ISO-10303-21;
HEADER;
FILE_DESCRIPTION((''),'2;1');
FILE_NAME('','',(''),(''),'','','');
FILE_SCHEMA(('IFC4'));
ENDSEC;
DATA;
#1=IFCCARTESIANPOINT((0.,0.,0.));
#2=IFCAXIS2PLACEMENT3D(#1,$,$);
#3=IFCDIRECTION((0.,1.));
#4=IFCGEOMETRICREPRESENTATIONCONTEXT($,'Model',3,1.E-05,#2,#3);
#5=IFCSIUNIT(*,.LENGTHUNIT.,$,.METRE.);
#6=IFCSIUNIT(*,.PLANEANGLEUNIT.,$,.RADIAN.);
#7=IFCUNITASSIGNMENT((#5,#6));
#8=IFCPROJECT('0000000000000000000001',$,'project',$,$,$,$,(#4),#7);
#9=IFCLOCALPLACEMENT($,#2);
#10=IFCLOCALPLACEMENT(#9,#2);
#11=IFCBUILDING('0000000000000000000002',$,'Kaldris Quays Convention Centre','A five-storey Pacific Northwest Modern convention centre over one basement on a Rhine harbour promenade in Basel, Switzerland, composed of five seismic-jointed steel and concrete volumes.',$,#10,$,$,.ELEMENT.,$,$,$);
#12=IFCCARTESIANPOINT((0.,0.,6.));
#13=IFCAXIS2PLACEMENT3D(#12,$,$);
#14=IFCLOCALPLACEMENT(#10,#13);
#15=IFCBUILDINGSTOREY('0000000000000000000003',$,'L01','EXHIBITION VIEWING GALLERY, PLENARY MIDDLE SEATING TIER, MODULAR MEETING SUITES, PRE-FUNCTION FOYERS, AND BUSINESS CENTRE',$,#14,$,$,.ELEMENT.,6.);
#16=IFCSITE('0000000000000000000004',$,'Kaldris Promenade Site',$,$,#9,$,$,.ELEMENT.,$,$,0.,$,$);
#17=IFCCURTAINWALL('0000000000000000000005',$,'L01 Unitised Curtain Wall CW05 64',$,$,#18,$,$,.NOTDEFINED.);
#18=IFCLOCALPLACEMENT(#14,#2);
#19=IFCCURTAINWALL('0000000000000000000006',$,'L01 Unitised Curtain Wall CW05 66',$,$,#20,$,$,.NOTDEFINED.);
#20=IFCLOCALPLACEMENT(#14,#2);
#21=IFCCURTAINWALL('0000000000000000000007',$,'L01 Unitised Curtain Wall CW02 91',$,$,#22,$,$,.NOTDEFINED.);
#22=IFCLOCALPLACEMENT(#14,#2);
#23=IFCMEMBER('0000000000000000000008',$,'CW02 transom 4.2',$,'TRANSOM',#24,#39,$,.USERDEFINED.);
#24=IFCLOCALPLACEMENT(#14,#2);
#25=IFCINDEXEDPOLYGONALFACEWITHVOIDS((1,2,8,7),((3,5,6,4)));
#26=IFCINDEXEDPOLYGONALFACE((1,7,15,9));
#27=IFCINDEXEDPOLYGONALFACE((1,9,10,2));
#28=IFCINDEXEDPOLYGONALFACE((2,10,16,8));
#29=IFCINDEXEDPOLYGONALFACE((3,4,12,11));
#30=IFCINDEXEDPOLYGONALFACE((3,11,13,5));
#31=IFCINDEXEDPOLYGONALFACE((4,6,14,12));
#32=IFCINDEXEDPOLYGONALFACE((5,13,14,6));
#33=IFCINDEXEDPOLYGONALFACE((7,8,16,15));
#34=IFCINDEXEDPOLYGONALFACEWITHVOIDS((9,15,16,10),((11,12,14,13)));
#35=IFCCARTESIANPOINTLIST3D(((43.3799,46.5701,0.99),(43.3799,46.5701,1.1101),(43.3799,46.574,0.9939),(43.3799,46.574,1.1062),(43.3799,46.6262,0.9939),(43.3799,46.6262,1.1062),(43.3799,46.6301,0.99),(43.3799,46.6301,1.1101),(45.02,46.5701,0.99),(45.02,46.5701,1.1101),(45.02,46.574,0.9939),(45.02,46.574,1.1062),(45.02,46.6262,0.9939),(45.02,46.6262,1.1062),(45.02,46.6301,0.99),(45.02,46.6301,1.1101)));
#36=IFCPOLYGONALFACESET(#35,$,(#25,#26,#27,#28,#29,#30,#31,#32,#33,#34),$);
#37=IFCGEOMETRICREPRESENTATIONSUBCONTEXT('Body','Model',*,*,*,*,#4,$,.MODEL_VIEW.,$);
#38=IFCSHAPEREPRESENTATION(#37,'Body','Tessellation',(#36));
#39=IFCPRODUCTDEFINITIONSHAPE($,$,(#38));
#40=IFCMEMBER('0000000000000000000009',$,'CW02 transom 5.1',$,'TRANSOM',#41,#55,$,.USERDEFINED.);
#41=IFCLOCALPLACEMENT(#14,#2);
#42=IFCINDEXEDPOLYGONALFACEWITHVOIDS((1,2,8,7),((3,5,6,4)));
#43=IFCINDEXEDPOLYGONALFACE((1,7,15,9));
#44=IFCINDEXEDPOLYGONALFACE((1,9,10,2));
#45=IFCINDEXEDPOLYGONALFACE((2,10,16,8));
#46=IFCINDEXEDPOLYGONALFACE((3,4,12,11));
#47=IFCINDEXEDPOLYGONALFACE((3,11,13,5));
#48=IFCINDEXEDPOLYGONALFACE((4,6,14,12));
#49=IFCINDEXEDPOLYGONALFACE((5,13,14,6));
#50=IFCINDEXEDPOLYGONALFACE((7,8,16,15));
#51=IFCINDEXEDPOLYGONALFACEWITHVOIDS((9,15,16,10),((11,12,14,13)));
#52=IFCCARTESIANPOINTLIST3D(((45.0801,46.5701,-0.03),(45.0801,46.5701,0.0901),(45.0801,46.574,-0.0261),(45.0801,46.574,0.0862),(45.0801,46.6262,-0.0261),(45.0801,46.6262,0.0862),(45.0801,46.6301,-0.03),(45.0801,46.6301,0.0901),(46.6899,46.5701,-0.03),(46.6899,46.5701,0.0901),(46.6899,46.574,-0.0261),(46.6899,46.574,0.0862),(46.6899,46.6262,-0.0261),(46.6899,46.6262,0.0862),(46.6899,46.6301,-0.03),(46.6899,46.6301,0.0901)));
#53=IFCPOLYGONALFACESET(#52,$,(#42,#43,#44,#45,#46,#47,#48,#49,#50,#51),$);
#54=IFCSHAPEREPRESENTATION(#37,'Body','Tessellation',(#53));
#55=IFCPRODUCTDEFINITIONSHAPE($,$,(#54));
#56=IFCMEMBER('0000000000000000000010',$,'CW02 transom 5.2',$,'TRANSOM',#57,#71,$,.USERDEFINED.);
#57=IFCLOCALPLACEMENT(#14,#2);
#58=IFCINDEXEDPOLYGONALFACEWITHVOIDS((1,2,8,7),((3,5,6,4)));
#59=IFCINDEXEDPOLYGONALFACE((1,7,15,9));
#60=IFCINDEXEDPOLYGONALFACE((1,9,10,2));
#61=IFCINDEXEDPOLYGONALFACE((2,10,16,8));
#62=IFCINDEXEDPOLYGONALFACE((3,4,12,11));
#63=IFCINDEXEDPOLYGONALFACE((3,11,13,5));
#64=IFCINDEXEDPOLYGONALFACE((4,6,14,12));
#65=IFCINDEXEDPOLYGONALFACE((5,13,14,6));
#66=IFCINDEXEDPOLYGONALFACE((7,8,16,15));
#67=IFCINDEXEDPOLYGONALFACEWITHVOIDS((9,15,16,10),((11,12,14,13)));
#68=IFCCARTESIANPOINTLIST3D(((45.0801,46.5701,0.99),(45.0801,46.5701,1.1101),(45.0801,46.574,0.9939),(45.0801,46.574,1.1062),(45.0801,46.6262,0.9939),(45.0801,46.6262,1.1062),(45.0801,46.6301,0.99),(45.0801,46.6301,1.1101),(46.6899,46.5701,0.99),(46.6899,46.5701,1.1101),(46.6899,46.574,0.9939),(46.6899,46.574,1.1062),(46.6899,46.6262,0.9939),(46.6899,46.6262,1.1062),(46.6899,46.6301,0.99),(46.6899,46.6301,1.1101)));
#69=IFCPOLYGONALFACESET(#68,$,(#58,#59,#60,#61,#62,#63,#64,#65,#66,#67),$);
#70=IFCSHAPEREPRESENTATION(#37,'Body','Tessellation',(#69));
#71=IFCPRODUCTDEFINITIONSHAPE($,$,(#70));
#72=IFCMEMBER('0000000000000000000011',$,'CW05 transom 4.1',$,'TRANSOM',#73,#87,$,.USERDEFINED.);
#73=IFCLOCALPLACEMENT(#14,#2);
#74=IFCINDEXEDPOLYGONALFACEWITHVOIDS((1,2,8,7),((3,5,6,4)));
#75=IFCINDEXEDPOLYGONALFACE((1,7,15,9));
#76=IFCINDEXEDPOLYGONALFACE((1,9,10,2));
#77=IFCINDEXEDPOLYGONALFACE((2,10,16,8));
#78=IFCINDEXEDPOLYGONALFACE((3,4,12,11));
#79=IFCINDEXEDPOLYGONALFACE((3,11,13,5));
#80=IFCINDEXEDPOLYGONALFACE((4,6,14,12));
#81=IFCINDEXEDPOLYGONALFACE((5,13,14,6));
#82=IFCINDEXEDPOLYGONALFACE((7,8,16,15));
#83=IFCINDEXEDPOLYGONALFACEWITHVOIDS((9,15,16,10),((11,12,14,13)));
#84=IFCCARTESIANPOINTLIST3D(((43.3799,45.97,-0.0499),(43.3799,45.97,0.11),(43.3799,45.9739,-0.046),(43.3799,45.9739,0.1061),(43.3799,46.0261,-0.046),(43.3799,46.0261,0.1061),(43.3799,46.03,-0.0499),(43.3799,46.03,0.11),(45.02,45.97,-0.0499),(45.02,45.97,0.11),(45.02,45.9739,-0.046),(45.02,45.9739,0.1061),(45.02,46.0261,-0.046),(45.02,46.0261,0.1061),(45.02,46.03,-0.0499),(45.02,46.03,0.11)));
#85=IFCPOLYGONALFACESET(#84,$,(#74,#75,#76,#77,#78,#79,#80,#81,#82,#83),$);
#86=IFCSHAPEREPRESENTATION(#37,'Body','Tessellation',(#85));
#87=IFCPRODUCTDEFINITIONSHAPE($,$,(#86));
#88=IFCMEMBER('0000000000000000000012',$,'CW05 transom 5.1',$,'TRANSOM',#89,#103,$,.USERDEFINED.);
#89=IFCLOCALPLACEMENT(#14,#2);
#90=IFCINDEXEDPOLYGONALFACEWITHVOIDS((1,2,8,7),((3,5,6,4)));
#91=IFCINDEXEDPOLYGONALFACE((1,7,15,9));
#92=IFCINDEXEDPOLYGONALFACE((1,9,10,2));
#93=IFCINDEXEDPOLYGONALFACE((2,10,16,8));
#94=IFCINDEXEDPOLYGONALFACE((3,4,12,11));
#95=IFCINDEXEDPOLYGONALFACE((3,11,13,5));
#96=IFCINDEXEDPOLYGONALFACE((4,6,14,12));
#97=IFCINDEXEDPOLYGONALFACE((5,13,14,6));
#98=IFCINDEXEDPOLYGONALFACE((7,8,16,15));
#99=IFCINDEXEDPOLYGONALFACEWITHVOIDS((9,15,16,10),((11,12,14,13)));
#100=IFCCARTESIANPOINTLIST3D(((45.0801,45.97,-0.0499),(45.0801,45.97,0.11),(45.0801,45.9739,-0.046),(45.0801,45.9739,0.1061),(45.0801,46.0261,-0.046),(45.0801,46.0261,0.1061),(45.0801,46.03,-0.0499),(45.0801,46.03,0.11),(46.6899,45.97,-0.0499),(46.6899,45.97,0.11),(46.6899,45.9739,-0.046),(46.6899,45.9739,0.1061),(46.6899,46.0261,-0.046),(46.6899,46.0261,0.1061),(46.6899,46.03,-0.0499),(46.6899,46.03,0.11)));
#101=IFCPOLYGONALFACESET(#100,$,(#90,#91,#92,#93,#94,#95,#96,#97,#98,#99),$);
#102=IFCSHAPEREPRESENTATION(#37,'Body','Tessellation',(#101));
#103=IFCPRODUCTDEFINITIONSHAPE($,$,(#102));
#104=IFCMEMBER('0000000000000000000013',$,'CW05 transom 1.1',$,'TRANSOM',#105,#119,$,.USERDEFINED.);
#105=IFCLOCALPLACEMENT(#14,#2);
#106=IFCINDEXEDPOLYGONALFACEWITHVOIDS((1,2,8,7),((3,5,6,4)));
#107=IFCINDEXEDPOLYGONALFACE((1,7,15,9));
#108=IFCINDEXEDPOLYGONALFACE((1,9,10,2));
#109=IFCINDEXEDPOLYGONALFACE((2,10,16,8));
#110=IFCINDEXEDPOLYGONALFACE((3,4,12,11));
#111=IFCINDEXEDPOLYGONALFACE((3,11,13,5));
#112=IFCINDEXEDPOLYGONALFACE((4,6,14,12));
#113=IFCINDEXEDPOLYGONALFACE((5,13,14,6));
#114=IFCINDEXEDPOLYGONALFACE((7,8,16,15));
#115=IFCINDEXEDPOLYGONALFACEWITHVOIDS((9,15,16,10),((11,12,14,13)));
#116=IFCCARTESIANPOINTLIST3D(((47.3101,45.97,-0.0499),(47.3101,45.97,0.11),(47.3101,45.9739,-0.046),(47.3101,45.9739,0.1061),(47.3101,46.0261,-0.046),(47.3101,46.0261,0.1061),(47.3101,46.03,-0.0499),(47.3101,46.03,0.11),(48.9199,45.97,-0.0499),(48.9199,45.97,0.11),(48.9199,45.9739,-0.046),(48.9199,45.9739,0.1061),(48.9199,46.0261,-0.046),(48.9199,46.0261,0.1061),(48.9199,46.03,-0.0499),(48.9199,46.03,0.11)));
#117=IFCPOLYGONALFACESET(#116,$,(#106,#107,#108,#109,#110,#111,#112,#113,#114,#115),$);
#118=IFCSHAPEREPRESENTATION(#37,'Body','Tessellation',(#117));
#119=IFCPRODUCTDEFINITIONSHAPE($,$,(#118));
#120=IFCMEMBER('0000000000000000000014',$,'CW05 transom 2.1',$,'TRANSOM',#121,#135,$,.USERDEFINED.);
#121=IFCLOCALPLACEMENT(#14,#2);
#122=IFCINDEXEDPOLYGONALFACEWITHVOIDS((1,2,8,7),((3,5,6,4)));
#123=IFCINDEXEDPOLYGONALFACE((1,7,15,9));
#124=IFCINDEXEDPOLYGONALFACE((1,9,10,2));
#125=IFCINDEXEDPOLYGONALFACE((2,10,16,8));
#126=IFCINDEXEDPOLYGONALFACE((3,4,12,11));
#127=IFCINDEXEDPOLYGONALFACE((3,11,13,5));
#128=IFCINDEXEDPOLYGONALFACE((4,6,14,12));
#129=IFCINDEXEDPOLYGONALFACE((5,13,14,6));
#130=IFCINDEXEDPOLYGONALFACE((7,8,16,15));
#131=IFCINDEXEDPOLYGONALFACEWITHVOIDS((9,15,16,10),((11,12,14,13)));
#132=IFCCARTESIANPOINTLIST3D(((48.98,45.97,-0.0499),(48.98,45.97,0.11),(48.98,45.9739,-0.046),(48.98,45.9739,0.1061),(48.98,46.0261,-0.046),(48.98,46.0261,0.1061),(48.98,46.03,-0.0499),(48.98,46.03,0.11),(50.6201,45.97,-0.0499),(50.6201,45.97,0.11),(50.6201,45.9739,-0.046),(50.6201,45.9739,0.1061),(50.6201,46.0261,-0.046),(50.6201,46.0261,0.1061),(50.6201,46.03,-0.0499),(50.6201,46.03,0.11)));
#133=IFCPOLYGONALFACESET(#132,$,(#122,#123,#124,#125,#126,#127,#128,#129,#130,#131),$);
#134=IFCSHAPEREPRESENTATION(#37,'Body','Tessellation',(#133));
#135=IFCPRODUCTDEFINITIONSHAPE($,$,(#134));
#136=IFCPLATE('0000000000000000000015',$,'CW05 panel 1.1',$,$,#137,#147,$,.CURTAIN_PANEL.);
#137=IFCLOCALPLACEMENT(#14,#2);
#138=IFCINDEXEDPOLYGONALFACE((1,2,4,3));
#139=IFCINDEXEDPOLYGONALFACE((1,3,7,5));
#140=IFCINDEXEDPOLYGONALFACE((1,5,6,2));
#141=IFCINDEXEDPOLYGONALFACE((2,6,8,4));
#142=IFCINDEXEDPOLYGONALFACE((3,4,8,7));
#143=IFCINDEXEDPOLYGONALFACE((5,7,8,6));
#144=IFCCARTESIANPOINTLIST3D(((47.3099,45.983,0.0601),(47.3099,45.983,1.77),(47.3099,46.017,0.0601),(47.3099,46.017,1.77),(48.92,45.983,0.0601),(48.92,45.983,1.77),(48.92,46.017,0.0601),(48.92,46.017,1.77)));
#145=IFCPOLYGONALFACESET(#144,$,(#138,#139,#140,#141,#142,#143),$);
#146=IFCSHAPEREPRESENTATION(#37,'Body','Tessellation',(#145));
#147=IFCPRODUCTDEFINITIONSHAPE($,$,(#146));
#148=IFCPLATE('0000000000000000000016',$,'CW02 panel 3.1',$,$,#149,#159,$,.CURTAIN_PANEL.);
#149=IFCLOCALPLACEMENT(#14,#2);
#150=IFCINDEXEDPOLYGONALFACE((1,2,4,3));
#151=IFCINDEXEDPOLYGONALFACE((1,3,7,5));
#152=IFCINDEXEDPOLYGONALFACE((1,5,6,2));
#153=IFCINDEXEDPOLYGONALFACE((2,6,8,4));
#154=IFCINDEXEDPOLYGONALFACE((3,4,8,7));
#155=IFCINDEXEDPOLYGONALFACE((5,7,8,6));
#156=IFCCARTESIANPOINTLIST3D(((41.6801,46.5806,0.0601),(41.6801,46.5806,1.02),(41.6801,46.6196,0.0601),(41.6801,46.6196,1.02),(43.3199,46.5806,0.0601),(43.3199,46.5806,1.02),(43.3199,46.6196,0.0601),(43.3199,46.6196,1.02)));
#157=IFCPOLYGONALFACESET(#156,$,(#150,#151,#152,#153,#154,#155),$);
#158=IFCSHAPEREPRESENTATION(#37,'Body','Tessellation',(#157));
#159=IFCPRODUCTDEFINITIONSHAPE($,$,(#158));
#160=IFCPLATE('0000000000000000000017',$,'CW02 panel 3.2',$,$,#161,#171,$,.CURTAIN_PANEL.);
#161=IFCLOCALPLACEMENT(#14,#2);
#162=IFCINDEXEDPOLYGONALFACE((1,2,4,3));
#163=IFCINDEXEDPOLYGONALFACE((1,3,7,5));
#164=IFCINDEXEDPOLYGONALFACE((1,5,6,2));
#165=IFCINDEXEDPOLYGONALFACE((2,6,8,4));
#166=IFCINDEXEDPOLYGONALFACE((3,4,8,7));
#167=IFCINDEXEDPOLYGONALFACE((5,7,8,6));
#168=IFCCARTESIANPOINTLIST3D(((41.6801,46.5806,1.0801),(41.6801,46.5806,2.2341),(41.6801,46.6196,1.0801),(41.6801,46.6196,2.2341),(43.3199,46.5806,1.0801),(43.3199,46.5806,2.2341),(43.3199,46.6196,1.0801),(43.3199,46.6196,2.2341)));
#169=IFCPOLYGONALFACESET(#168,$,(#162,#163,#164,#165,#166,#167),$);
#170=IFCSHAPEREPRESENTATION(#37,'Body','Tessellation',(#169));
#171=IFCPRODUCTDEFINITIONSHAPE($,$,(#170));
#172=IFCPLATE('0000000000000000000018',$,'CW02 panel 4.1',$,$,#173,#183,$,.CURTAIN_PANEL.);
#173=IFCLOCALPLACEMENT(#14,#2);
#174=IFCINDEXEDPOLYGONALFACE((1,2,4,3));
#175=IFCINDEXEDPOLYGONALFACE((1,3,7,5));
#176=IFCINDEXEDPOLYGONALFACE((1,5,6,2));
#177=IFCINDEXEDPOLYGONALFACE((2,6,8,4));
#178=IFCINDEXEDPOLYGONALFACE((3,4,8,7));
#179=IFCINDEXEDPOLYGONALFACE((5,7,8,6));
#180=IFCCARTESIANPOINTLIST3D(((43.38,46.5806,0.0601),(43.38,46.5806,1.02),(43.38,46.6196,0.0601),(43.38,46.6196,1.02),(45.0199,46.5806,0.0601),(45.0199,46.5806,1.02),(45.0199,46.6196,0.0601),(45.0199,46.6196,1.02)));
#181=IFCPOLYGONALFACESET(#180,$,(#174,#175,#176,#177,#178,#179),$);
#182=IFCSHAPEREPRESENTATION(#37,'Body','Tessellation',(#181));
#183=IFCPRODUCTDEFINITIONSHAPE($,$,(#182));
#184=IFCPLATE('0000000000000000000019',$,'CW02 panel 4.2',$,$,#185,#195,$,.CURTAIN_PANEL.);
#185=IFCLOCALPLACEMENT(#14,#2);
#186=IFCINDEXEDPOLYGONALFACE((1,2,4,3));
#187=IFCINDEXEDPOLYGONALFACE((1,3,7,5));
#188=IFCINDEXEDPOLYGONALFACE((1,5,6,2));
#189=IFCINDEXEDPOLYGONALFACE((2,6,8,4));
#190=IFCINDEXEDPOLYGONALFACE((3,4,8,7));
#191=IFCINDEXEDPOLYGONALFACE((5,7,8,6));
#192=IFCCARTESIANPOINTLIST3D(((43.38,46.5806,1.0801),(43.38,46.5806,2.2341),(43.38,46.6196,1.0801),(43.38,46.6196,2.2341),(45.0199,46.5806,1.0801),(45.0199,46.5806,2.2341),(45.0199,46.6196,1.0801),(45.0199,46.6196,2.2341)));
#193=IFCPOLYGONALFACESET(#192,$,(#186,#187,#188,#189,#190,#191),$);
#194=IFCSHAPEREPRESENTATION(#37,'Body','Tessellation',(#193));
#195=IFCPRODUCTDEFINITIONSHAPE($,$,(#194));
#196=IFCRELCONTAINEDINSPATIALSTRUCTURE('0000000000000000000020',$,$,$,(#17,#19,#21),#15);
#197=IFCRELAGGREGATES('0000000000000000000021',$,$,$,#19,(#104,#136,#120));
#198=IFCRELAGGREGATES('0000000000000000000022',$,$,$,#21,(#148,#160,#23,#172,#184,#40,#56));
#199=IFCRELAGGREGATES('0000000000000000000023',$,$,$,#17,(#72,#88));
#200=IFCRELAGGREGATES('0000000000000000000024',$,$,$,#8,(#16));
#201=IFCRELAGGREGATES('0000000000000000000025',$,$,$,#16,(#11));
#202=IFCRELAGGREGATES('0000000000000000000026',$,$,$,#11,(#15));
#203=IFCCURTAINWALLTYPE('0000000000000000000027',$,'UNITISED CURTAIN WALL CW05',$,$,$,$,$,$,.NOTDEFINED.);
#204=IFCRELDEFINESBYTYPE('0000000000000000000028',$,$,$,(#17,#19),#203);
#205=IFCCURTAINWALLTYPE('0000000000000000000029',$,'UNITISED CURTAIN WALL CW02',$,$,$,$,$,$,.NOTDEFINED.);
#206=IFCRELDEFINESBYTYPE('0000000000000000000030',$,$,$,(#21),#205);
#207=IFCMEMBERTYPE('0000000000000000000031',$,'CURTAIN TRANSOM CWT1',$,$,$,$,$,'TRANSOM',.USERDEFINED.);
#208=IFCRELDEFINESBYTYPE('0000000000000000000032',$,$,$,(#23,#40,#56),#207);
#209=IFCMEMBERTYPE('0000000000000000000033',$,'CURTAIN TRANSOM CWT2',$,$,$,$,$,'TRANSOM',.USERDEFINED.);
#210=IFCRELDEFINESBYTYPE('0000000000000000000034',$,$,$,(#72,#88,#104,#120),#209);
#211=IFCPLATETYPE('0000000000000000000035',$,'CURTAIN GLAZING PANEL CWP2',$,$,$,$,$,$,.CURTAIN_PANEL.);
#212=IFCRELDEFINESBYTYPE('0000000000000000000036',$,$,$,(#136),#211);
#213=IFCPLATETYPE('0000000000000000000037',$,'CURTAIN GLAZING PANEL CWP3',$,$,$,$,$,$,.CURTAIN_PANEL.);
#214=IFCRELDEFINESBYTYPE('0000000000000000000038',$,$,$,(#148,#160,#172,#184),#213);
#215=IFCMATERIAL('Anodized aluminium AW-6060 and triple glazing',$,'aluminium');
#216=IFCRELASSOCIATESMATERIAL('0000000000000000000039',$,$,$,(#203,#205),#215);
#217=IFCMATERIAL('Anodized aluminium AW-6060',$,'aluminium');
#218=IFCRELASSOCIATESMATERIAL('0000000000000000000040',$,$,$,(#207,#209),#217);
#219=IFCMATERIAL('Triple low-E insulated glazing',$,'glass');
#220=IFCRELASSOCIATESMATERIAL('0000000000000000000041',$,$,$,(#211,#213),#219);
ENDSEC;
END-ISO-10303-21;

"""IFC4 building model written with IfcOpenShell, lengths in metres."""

from ifc_helpers import new_model, si_unit, direction, frame, origin, origin_2d, place, context, subcontext, project, spatial, rectangle, hollow_rectangle, extrude, material, material_profile, profile_set, type_object, element, aggregate, save


model = new_model("IFC4")

# Units and contexts
model_context = context("Model", 3, precision=1e-05, world=origin(), true_north=direction((0.0, 1.0)))
body_context = subcontext(model_context, "Body", "Model", "MODEL_VIEW")
ifc_project = project(units=[si_unit("LENGTHUNIT", "METRE"), si_unit("PLANEANGLEUNIT", "RADIAN")], contexts=[model_context])

# Site, building, storey
site_placement = place(None, origin())
site = spatial("IfcSite", under=ifc_project, at=site_placement, Name="Kaldris Promenade Site", CompositionType="ELEMENT", RefElevation=0.0)
building_placement = place(site_placement, origin())
building = spatial("IfcBuilding", under=site, at=building_placement, Name="Kaldris Quays Convention Centre", Description="A five-storey Pacific Northwest Modern convention centre over one basement on a Rhine harbour promenade in Basel, Switzerland, composed of five seismic-jointed steel and concrete volumes.", CompositionType="ELEMENT")
storey_placement = place(building_placement, frame((0.0, 0.0, 6.0)))
storey = spatial("IfcBuildingStorey", under=building, at=storey_placement, Name="L01", Description="EXHIBITION VIEWING GALLERY, PLENARY MIDDLE SEATING TIER, MODULAR MEETING SUITES, PRE-FUNCTION FOYERS, AND BUSINESS CENTRE", CompositionType="ELEMENT", Elevation=6.0)

# Curtain walls, members
ifc_material_1 = material(Name="Anodized aluminium AW-6060 and triple glazing", Category="aluminium")
curtain_wall_type_1 = type_object("IfcCurtainWallType", Name="UNITISED CURTAIN WALL CW05", PredefinedType="NOTDEFINED", material=ifc_material_1)
curtain_wall_1_placement = place(storey_placement, origin())
curtain_wall_1 = element("IfcCurtainWall", 1, at=curtain_wall_1_placement, inside=storey, type_object=curtain_wall_type_1, Name="L01 Unitised Curtain Wall CW05 64", PredefinedType="NOTDEFINED")
ifc_material_2 = material(Name="Anodized aluminium AW-6060", Category="aluminium")
curtain_wall_2_placement = place(storey_placement, origin())
curtain_wall_2 = element("IfcCurtainWall", 2, at=curtain_wall_2_placement, inside=storey, type_object=curtain_wall_type_1, Name="L01 Unitised Curtain Wall CW05 66", PredefinedType="NOTDEFINED")
curtain_wall_type_2 = type_object("IfcCurtainWallType", Name="UNITISED CURTAIN WALL CW02", PredefinedType="NOTDEFINED", material=ifc_material_1)
curtain_wall_3_placement = place(storey_placement, origin())
curtain_wall_3 = element("IfcCurtainWall", 3, at=curtain_wall_3_placement, inside=storey, type_object=curtain_wall_type_2, Name="L01 Unitised Curtain Wall CW02 91", PredefinedType="NOTDEFINED")
ifc_material_profile_1 = material_profile(ifc_material_2, hollow_rectangle(XDim=0.0601, YDim=0.1201, WallThickness=0.0039, at=origin_2d()), Name="RHS 120x60x4")
ifc_profile_set_1 = profile_set([ifc_material_profile_1], Name="Anodized aluminium AW-6060")
member_type_1 = type_object("IfcMemberType", Name="CURTAIN TRANSOM CWT1", ElementType="TRANSOM", PredefinedType="USERDEFINED", material=ifc_profile_set_1)
member_1_placement = place(storey_placement, frame((43.3799, 46.6001, 1.05), z_axis=(1.0, 0.0, 0.0), x_axis=(0.0, 1.0, 0.0)))
member_1 = element("IfcMember", 4, at=member_1_placement, type_object=member_type_1, Name="CW02 transom 4.2", ObjectType="TRANSOM", PredefinedType="USERDEFINED", context=body_context, shape_type="SweptSolid", body=[
    extrude(hollow_rectangle(XDim=0.0601, YDim=0.1201, WallThickness=0.0039, at=origin_2d()), origin(), (0.0, 0.0, 1.0), 1.6401),
])
member_2_placement = place(storey_placement, frame((45.0801, 46.6001, 0.03), z_axis=(1.0, 0.0, 0.0), x_axis=(0.0, 1.0, 0.0)))
member_2 = element("IfcMember", 5, at=member_2_placement, type_object=member_type_1, Name="CW02 transom 5.1", ObjectType="TRANSOM", PredefinedType="USERDEFINED", context=body_context, shape_type="SweptSolid", body=[
    extrude(hollow_rectangle(XDim=0.0601, YDim=0.1201, WallThickness=0.0039, at=origin_2d()), origin(), (0.0, 0.0, 1.0), 1.6099),
])
member_3_placement = place(storey_placement, frame((45.0801, 46.6001, 1.05), z_axis=(1.0, 0.0, 0.0), x_axis=(0.0, 1.0, 0.0)))
member_3 = element("IfcMember", 6, at=member_3_placement, type_object=member_type_1, Name="CW02 transom 5.2", ObjectType="TRANSOM", PredefinedType="USERDEFINED", context=body_context, shape_type="SweptSolid", body=[
    extrude(hollow_rectangle(XDim=0.0601, YDim=0.1201, WallThickness=0.0039, at=origin_2d()), origin(), (0.0, 0.0, 1.0), 1.6099),
])

# Members
ifc_material_profile_2 = material_profile(ifc_material_2, hollow_rectangle(XDim=0.0601, YDim=0.1599, WallThickness=0.0039, at=origin_2d()), Name="RHS 160x60x4")
ifc_profile_set_2 = profile_set([ifc_material_profile_2], Name="Anodized aluminium AW-6060")
member_type_2 = type_object("IfcMemberType", Name="CURTAIN TRANSOM CWT2", ElementType="TRANSOM", PredefinedType="USERDEFINED", material=ifc_profile_set_2)
member_4_placement = place(storey_placement, frame((43.3799, 46.0, 0.03), z_axis=(1.0, 0.0, 0.0), x_axis=(0.0, 1.0, 0.0)))
member_4 = element("IfcMember", 7, at=member_4_placement, type_object=member_type_2, Name="CW05 transom 4.1", ObjectType="TRANSOM", PredefinedType="USERDEFINED", context=body_context, shape_type="SweptSolid", body=[
    extrude(hollow_rectangle(XDim=0.0601, YDim=0.1599, WallThickness=0.0039, at=origin_2d()), origin(), (0.0, 0.0, 1.0), 1.6401),
])
member_5_placement = place(storey_placement, frame((45.0801, 46.0, 0.03), z_axis=(1.0, 0.0, 0.0), x_axis=(0.0, 1.0, 0.0)))
member_5 = element("IfcMember", 8, at=member_5_placement, type_object=member_type_2, Name="CW05 transom 5.1", ObjectType="TRANSOM", PredefinedType="USERDEFINED", context=body_context, shape_type="SweptSolid", body=[
    extrude(hollow_rectangle(XDim=0.0601, YDim=0.1599, WallThickness=0.0039, at=origin_2d()), origin(), (0.0, 0.0, 1.0), 1.6099),
])
member_6_placement = place(storey_placement, frame((47.3101, 46.0, 0.03), z_axis=(1.0, 0.0, 0.0), x_axis=(0.0, 1.0, 0.0)))
member_6 = element("IfcMember", 9, at=member_6_placement, type_object=member_type_2, Name="CW05 transom 1.1", ObjectType="TRANSOM", PredefinedType="USERDEFINED", context=body_context, shape_type="SweptSolid", body=[
    extrude(hollow_rectangle(XDim=0.0601, YDim=0.1599, WallThickness=0.0039, at=origin_2d()), origin(), (0.0, 0.0, 1.0), 1.6099),
])
member_7_placement = place(storey_placement, frame((48.98, 46.0, 0.03), z_axis=(1.0, 0.0, 0.0), x_axis=(0.0, 1.0, 0.0)))
member_7 = element("IfcMember", 10, at=member_7_placement, type_object=member_type_2, Name="CW05 transom 2.1", ObjectType="TRANSOM", PredefinedType="USERDEFINED", context=body_context, shape_type="SweptSolid", body=[
    extrude(hollow_rectangle(XDim=0.0601, YDim=0.1599, WallThickness=0.0039, at=origin_2d()), origin(), (0.0, 0.0, 1.0), 1.6401),
])

# Plates
ifc_material_3 = material(Name="Triple low-E insulated glazing", Category="glass")
plate_type_1 = type_object("IfcPlateType", Name="CURTAIN GLAZING PANEL CWP2", PredefinedType="CURTAIN_PANEL", material=ifc_material_3)
plate_1_placement = place(storey_placement, frame((48.115, 46.0, 0.0601), z_axis=(0.0, 0.0, 1.0), x_axis=(1.0, 0.0, 0.0)))
plate_1 = element("IfcPlate", 11, at=plate_1_placement, type_object=plate_type_1, Name="CW05 panel 1.1", PredefinedType="CURTAIN_PANEL", context=body_context, shape_type="SweptSolid", body=[
    extrude(rectangle(XDim=1.6101, YDim=0.0339, at=origin_2d()), origin(), (0.0, 0.0, 1.0), 1.71),
])
aggregate(curtain_wall_2, [member_6, plate_1, member_7])
plate_type_2 = type_object("IfcPlateType", Name="CURTAIN GLAZING PANEL CWP3", PredefinedType="CURTAIN_PANEL", material=ifc_material_3)
plate_2_placement = place(storey_placement, frame((42.5, 46.6001, 0.0601), z_axis=(0.0, 0.0, 1.0), x_axis=(1.0, 0.0, 0.0)))
plate_2 = element("IfcPlate", 12, at=plate_2_placement, type_object=plate_type_2, Name="CW02 panel 3.1", PredefinedType="CURTAIN_PANEL", context=body_context, shape_type="SweptSolid", body=[
    extrude(rectangle(XDim=1.6399, YDim=0.0391, at=origin_2d()), origin(), (0.0, 0.0, 1.0), 0.96),
])
plate_3_placement = place(storey_placement, frame((42.5, 46.6001, 1.0801), z_axis=(0.0, 0.0, 1.0), x_axis=(1.0, 0.0, 0.0)))
plate_3 = element("IfcPlate", 13, at=plate_3_placement, type_object=plate_type_2, Name="CW02 panel 3.2", PredefinedType="CURTAIN_PANEL", context=body_context, shape_type="SweptSolid", body=[
    extrude(rectangle(XDim=1.6399, YDim=0.0391, at=origin_2d()), origin(), (0.0, 0.0, 1.0), 1.1541),
])
plate_4_placement = place(storey_placement, frame((44.2, 46.6001, 0.0601), z_axis=(0.0, 0.0, 1.0), x_axis=(1.0, 0.0, 0.0)))
plate_4 = element("IfcPlate", 14, at=plate_4_placement, type_object=plate_type_2, Name="CW02 panel 4.1", PredefinedType="CURTAIN_PANEL", context=body_context, shape_type="SweptSolid", body=[
    extrude(rectangle(XDim=1.6399, YDim=0.0391, at=origin_2d()), origin(), (0.0, 0.0, 1.0), 0.96),
])
plate_5_placement = place(storey_placement, frame((44.2, 46.6001, 1.0801), z_axis=(0.0, 0.0, 1.0), x_axis=(1.0, 0.0, 0.0)))
plate_5 = element("IfcPlate", 15, at=plate_5_placement, type_object=plate_type_2, Name="CW02 panel 4.2", PredefinedType="CURTAIN_PANEL", context=body_context, shape_type="SweptSolid", body=[
    extrude(rectangle(XDim=1.6399, YDim=0.0391, at=origin_2d()), origin(), (0.0, 0.0, 1.0), 1.1541),
])
aggregate(curtain_wall_3, [plate_2, plate_3, member_1, plate_4, plate_5, member_2, member_3])
aggregate(curtain_wall_1, [member_4, member_5])

save(model, "model.ifc")
